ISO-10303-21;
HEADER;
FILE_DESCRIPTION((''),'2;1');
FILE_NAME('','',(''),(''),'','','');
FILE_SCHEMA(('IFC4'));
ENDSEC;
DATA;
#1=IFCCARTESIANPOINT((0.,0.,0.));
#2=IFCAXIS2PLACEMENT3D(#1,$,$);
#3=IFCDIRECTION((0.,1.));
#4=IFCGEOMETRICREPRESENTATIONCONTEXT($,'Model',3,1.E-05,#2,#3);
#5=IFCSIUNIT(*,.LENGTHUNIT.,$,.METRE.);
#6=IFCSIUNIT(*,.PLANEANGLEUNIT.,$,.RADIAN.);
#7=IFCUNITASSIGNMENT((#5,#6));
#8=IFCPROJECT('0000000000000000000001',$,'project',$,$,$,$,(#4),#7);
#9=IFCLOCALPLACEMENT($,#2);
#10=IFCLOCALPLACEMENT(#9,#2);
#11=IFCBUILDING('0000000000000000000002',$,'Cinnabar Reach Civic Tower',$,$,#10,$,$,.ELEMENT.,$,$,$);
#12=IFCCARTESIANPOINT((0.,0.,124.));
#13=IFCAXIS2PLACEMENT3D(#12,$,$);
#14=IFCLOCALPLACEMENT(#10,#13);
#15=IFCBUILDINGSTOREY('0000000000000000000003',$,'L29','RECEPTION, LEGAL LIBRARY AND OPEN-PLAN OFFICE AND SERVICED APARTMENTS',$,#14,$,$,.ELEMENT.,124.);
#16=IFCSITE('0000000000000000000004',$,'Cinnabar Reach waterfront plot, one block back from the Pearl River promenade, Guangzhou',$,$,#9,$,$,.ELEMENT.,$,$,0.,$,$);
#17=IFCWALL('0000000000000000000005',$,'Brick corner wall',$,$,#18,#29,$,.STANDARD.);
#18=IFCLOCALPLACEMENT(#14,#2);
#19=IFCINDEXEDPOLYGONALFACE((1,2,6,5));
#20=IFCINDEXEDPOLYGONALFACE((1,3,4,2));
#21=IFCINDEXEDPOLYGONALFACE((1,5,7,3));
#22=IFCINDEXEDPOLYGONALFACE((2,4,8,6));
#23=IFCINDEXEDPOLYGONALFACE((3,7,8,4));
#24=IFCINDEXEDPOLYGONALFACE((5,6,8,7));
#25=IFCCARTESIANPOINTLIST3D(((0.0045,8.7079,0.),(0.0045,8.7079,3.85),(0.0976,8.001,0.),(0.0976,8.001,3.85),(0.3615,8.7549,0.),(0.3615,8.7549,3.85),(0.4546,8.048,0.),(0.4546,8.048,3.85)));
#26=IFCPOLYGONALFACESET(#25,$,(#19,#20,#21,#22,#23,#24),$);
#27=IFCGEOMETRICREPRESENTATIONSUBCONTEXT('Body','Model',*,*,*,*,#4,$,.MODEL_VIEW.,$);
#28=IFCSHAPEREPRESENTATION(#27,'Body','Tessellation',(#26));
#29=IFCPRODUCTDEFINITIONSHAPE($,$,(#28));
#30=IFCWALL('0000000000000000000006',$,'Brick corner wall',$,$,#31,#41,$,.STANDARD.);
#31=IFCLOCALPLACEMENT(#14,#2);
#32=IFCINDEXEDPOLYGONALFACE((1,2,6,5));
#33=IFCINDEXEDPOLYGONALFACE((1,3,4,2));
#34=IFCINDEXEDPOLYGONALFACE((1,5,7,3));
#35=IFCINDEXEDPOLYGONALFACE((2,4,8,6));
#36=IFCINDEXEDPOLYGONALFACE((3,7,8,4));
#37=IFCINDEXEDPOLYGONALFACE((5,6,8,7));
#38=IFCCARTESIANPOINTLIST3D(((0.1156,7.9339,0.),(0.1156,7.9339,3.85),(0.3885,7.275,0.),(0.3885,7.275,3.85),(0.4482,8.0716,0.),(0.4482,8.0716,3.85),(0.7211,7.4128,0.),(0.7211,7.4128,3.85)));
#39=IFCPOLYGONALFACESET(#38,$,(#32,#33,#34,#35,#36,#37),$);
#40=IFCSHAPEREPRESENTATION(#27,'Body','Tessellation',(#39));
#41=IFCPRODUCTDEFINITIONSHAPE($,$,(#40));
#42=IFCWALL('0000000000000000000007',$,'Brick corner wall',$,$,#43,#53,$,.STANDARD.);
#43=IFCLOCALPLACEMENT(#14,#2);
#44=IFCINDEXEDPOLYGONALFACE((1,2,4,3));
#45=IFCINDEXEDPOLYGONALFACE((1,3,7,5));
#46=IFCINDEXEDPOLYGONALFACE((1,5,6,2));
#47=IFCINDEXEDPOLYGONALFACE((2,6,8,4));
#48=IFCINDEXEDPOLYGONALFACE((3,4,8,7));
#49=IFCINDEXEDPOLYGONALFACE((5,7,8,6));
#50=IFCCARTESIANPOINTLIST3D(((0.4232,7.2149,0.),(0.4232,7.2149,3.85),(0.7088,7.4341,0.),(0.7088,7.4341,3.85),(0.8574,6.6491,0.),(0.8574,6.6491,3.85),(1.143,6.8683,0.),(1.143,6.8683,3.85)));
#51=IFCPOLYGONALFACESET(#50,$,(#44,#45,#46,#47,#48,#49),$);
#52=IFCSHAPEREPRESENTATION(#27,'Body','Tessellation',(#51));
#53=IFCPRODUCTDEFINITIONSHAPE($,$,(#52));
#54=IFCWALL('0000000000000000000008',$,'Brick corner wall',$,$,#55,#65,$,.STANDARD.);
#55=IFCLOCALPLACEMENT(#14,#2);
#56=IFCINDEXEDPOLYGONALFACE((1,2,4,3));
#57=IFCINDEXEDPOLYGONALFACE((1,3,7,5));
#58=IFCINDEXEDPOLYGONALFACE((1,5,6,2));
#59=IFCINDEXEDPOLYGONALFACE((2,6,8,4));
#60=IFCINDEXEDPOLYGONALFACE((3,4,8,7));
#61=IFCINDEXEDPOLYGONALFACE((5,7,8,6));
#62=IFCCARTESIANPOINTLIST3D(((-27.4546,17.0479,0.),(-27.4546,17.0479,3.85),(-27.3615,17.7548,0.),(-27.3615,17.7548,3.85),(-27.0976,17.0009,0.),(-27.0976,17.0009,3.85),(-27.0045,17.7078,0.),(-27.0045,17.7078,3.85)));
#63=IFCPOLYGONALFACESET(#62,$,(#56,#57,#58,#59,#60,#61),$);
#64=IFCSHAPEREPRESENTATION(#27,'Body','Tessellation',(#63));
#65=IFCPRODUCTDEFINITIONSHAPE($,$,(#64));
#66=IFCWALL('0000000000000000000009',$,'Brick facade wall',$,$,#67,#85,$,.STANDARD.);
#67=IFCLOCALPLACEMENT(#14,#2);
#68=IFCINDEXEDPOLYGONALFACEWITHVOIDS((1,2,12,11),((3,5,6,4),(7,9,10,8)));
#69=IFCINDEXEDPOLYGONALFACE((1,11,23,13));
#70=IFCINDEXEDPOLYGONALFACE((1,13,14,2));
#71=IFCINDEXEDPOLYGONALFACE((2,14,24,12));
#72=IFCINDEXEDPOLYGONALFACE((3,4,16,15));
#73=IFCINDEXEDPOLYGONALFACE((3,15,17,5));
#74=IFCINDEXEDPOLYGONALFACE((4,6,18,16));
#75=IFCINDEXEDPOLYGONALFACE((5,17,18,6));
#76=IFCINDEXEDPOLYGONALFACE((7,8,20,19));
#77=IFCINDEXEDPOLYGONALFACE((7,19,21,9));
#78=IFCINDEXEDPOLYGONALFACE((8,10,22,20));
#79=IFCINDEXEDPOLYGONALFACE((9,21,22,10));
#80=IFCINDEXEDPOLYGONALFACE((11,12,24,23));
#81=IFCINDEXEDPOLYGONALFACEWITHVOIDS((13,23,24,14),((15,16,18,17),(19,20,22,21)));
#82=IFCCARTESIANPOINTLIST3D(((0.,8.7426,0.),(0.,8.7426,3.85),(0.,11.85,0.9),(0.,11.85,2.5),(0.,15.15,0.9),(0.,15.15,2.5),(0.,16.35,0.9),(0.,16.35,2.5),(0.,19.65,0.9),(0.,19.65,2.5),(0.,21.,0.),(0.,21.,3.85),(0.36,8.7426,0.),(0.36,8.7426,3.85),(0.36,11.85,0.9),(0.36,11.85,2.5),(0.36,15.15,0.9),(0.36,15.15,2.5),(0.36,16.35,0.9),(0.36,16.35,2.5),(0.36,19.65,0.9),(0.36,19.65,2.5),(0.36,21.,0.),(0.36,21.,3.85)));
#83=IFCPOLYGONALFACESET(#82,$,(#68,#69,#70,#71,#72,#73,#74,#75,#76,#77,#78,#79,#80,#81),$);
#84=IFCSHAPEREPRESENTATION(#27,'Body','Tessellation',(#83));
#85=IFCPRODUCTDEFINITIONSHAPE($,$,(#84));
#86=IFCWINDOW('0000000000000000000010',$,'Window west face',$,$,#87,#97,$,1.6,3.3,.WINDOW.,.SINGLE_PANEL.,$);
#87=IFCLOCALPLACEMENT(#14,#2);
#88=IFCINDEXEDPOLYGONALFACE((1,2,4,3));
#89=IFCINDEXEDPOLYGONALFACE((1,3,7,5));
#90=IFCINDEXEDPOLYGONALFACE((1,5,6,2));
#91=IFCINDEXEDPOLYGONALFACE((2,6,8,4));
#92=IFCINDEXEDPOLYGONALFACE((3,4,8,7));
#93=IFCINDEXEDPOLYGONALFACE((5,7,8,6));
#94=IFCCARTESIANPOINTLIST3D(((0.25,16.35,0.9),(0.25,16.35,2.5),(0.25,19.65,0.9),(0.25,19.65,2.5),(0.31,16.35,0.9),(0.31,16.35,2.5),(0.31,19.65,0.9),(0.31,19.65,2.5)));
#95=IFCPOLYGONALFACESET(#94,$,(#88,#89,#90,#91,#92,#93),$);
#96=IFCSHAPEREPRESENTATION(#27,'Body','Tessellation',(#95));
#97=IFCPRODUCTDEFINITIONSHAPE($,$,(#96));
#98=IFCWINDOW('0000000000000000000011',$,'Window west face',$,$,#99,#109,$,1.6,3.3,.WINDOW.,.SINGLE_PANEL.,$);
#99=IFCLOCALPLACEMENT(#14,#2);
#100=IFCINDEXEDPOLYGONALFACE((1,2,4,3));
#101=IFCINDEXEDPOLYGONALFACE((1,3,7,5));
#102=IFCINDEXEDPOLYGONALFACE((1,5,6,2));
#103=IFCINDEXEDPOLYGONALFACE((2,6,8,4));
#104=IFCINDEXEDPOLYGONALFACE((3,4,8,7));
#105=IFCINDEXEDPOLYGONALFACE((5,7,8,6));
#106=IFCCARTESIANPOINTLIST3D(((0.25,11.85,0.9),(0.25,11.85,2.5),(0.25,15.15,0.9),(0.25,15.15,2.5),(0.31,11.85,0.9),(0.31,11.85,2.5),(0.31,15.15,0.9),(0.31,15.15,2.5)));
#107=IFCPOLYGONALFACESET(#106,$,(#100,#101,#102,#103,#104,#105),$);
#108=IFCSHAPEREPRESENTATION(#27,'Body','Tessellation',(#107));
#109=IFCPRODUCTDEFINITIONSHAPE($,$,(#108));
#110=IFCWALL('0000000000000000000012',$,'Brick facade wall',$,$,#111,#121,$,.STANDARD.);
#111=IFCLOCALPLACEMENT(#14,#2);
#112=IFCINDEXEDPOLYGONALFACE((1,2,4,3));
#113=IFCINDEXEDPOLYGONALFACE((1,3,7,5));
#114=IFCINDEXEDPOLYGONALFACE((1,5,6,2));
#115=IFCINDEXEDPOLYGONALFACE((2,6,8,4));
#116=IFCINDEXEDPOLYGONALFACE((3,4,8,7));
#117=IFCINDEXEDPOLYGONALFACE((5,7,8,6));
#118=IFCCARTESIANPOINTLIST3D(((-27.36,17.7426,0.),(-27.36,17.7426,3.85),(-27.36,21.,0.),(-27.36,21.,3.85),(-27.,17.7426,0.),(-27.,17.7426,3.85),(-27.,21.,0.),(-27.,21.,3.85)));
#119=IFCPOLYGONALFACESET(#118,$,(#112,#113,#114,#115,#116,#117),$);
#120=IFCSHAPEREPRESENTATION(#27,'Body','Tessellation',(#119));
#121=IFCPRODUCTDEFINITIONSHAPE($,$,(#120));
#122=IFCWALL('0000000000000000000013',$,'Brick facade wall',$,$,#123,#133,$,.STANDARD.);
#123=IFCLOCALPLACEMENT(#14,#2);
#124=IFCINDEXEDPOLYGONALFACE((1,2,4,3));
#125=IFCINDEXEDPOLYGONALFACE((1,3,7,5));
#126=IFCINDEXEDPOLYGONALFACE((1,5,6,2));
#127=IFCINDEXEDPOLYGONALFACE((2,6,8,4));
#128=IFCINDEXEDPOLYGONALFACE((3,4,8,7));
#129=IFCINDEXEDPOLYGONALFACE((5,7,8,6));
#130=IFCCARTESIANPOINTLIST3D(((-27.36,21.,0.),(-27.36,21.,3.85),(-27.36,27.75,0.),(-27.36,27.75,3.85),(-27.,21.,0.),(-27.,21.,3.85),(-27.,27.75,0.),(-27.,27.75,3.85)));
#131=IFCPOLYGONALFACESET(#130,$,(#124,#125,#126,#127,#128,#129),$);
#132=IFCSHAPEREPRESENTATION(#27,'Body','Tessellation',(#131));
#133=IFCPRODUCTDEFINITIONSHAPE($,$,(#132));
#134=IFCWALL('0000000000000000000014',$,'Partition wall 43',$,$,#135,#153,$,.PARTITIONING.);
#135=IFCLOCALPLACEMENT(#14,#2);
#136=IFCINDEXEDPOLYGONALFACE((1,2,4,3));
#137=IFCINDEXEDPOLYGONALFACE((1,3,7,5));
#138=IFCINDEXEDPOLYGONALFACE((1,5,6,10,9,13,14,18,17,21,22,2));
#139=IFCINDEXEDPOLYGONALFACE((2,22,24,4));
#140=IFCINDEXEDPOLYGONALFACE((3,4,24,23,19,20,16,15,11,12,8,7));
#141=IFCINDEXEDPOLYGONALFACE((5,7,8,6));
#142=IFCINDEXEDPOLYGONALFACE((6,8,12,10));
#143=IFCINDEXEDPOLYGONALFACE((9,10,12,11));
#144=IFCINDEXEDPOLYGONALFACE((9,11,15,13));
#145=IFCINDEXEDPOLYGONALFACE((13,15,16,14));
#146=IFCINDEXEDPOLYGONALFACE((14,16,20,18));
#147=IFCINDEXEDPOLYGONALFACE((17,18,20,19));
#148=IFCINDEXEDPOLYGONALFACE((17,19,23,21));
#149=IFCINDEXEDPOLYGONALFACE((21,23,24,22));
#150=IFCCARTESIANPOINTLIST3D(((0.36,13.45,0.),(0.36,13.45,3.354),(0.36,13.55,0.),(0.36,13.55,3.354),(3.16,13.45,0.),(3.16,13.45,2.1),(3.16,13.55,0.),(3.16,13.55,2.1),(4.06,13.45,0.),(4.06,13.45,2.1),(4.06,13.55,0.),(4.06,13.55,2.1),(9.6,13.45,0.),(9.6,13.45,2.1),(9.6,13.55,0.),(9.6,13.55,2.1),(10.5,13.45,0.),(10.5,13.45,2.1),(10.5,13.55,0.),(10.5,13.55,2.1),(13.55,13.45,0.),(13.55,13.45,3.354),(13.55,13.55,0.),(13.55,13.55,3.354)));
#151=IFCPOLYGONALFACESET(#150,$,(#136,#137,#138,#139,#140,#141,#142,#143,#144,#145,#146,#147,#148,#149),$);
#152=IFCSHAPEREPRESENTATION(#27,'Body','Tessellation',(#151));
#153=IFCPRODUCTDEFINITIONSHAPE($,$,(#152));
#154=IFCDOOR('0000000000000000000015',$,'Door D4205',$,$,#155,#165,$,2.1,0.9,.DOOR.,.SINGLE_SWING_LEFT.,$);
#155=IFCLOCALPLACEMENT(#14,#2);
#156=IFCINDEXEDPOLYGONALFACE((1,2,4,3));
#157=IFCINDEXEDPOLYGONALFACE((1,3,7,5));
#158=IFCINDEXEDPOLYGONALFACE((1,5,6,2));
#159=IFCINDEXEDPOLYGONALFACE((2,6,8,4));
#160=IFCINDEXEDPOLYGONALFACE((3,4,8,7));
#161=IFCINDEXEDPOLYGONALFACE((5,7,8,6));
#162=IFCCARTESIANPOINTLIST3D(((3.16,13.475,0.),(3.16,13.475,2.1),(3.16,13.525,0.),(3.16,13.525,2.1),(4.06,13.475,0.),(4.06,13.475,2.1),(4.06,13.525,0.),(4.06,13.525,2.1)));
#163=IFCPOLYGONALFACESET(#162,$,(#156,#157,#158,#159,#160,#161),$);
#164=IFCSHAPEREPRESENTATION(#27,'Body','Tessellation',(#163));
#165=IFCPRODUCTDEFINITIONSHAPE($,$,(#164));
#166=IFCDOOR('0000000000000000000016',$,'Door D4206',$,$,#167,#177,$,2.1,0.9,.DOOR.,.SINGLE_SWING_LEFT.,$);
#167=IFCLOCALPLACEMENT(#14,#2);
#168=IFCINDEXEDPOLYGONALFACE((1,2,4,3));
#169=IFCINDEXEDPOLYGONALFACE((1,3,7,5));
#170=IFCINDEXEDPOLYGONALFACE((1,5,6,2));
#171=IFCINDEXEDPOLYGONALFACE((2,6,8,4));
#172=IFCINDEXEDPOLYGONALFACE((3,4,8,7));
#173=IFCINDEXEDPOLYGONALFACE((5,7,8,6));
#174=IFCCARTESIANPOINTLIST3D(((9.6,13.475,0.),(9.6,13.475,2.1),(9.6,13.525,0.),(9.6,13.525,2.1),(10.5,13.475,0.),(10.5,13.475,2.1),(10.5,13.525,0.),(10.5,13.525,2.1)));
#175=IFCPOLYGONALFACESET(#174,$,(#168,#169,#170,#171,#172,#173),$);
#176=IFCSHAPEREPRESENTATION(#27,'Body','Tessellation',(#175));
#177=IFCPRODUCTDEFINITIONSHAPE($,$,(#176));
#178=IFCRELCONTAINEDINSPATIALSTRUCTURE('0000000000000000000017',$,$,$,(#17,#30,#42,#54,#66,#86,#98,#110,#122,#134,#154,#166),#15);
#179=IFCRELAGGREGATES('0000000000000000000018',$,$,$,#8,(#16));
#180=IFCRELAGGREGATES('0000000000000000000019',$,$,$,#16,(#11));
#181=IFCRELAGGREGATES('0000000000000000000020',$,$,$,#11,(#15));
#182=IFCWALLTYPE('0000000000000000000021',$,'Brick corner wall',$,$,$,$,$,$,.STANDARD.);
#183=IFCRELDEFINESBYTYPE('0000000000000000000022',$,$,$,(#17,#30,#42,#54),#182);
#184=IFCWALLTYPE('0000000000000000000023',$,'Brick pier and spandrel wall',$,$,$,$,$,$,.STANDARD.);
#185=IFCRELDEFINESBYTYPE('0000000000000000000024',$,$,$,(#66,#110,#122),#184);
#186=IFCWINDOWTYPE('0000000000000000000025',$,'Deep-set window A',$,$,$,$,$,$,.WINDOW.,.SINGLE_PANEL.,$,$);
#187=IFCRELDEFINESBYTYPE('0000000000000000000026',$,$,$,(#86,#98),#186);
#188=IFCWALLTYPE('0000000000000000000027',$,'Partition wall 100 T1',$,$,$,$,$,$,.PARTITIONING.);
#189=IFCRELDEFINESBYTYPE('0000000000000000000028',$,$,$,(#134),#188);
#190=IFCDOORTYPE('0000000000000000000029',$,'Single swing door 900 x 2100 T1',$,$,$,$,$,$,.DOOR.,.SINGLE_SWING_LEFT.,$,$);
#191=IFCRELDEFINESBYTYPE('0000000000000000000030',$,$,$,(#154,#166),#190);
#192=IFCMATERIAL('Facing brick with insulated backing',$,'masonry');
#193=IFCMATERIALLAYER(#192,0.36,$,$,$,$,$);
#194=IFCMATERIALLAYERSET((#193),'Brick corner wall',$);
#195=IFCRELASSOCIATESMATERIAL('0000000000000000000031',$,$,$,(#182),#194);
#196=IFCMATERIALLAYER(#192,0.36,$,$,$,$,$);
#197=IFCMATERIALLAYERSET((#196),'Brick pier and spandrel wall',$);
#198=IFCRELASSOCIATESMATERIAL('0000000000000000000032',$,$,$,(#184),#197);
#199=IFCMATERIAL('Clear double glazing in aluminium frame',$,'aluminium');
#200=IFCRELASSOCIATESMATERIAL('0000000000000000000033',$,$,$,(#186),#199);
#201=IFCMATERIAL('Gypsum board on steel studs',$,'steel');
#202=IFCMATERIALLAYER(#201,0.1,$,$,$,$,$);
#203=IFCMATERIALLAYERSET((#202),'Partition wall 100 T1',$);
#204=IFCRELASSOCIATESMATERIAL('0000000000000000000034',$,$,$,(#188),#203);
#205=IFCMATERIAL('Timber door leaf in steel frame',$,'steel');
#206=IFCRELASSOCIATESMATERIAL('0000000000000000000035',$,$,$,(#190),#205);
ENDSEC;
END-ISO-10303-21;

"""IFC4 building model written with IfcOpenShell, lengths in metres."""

from ifc_helpers import new_model, si_unit, direction, frame, frame_2d, origin, place, context, subcontext, project, spatial, rectangle, extrude, material, layer, layer_set, type_object, element, fill, save


model = new_model("IFC4")

# Units and contexts
model_context = context("Model", 3, precision=1e-05, world=origin(), true_north=direction((0.0, 1.0)))
body_context = subcontext(model_context, "Body", "Model", "MODEL_VIEW")
ifc_project = project(units=[si_unit("LENGTHUNIT", "METRE"), si_unit("PLANEANGLEUNIT", "RADIAN")], contexts=[model_context])

# Site, building, storey
site_placement = place(None, origin())
site = spatial("IfcSite", under=ifc_project, at=site_placement, Name="Cinnabar Reach waterfront plot, one block back from the Pearl River promenade, Guangzhou", CompositionType="ELEMENT", RefElevation=0.0)
building_placement = place(site_placement, origin())
building = spatial("IfcBuilding", under=site, at=building_placement, Name="Cinnabar Reach Civic Tower", CompositionType="ELEMENT")
storey_placement = place(building_placement, frame((0.0, 0.0, 124.0)))
storey = spatial("IfcBuildingStorey", under=building, at=storey_placement, Name="L29", Description="RECEPTION, LEGAL LIBRARY AND OPEN-PLAN OFFICE AND SERVICED APARTMENTS", CompositionType="ELEMENT", Elevation=124.0)

# Walls
ifc_material_1 = material(Name="Facing brick with insulated backing", Category="masonry")
ifc_layer_1 = layer(ifc_material_1, 0.36)
ifc_layer_set_1 = layer_set([ifc_layer_1], Name="Brick corner wall")
wall_type_1 = type_object("IfcWallType", Name="Brick corner wall", PredefinedType="STANDARD", material=ifc_layer_set_1)
for number, where, z_axis, x_axis, name in (
    (1, (0.183, 8.7314, 0.0), (0.0, 0.0, 1.0), (0.130556, -0.991441, 0.0), "Brick corner wall"),
    (2, (0.2819, 8.0027, 0.0), (0.0, 0.0, 1.0), (0.382703, -0.923872, 0.0), "Brick corner wall"),
):
    element("IfcWall", number, at=place(storey_placement, frame(where, z_axis=z_axis, x_axis=x_axis)), inside=storey, type_object=wall_type_1, Name=name, PredefinedType="STANDARD", context=body_context, shape_type="SweptSolid", body=[
        extrude(rectangle(XDim=0.7131, YDim=0.36, at=frame_2d((0.3565, 0.0))), origin(), (0.0, 0.0, 1.0), 3.85),
    ])
wall_1_placement = place(storey_placement, frame((0.566, 7.3245, 0.0), z_axis=(0.0, 0.0, 1.0), x_axis=(0.608802, -0.793322, 0.0)))
element("IfcWall", 3, at=wall_1_placement, inside=storey, type_object=wall_type_1, Name="Brick corner wall", PredefinedType="STANDARD", context=body_context, shape_type="SweptSolid", body=[
    extrude(rectangle(XDim=0.7132, YDim=0.36, at=frame_2d((0.3566, 0.0))), origin(), (0.0, 0.0, 1.0), 3.85),
])
wall_2_placement = place(storey_placement, frame((-27.2761, 17.0244, 0.0), z_axis=(0.0, 0.0, 1.0), x_axis=(0.130556, 0.991441, 0.0)))
element("IfcWall", 4, at=wall_2_placement, inside=storey, type_object=wall_type_1, Name="Brick corner wall", PredefinedType="STANDARD", context=body_context, shape_type="SweptSolid", body=[
    extrude(rectangle(XDim=0.7131, YDim=0.36, at=frame_2d((0.3565, 0.0))), origin(), (0.0, 0.0, 1.0), 3.85),
])

# Wall, openings, windows
ifc_layer_2 = layer(ifc_material_1, 0.36)
ifc_layer_set_2 = layer_set([ifc_layer_2], Name="Brick pier and spandrel wall")
wall_type_2 = type_object("IfcWallType", Name="Brick pier and spandrel wall", PredefinedType="STANDARD", material=ifc_layer_set_2)
wall_3_placement = place(storey_placement, frame((0.18, 21.0, 0.0), z_axis=(0.0, 0.0, 1.0), x_axis=(0.0, -1.0, 0.0)))
wall_3 = element("IfcWall", 5, at=wall_3_placement, inside=storey, type_object=wall_type_2, Name="Brick facade wall", PredefinedType="STANDARD", context=body_context, shape_type="SweptSolid", body=[
    extrude(rectangle(XDim=12.2574, YDim=0.36, at=frame_2d((6.1287, 0.0))), origin(), (0.0, 0.0, 1.0), 3.85),
])
opening_1_placement = place(wall_3_placement, frame((1.35, 0.0, 0.9)))
opening_1 = element("IfcOpeningElement", 6, at=opening_1_placement, cuts=wall_3, PredefinedType="OPENING", context=body_context, shape_type="SweptSolid", body=[
    extrude(rectangle(XDim=3.3, YDim=1.6, at=frame_2d((1.65, 0.8))), frame((0.0, 0.19, 0.0), z_axis=(0.0, -1.0, 0.0), x_axis=(1.0, 0.0, 0.0)), (0.0, 0.0, 1.0), 0.38),
])
opening_2_placement = place(wall_3_placement, frame((5.85, 0.0, 0.9)))
opening_2 = element("IfcOpeningElement", 7, at=opening_2_placement, cuts=wall_3, PredefinedType="OPENING", context=body_context, shape_type="SweptSolid", body=[
    extrude(rectangle(XDim=3.3, YDim=1.6, at=frame_2d((1.65, 0.8))), frame((0.0, 0.19, 0.0), z_axis=(0.0, -1.0, 0.0), x_axis=(1.0, 0.0, 0.0)), (0.0, 0.0, 1.0), 0.38),
])
ifc_material_2 = material(Name="Clear double glazing in aluminium frame", Category="aluminium")
window_type = type_object("IfcWindowType", Name="Deep-set window A", PartitioningType="SINGLE_PANEL", PredefinedType="WINDOW", material=ifc_material_2)
window_1_placement = place(opening_1_placement, origin())
window_1 = element("IfcWindow", 8, at=window_1_placement, inside=storey, type_object=window_type, Name="Window west face", OverallHeight=1.6, OverallWidth=3.3, PartitioningType="SINGLE_PANEL", PredefinedType="WINDOW", context=body_context, shape_type="SweptSolid", body=[
    extrude(rectangle(XDim=3.3, YDim=1.6, at=frame_2d((1.65, 0.8))), frame((0.0, 0.13, 0.0), z_axis=(0.0, -1.0, 0.0), x_axis=(1.0, 0.0, 0.0)), (0.0, 0.0, 1.0), 0.06),
])
fill(opening_1, window_1)
window_2_placement = place(opening_2_placement, origin())
window_2 = element("IfcWindow", 9, at=window_2_placement, inside=storey, type_object=window_type, Name="Window west face", OverallHeight=1.6, OverallWidth=3.3, PartitioningType="SINGLE_PANEL", PredefinedType="WINDOW", context=body_context, shape_type="SweptSolid", body=[
    extrude(rectangle(XDim=3.3, YDim=1.6, at=frame_2d((1.65, 0.8))), frame((0.0, 0.13, 0.0), z_axis=(0.0, -1.0, 0.0), x_axis=(1.0, 0.0, 0.0)), (0.0, 0.0, 1.0), 0.06),
])
fill(opening_2, window_2)

# Walls
wall_4_placement = place(storey_placement, frame((-27.18, 17.7426, 0.0), z_axis=(0.0, 0.0, 1.0), x_axis=(0.0, 1.0, 0.0)))
element("IfcWall", 10, at=wall_4_placement, inside=storey, type_object=wall_type_2, Name="Brick facade wall", PredefinedType="STANDARD", context=body_context, shape_type="SweptSolid", body=[
    extrude(rectangle(XDim=3.2574, YDim=0.36, at=frame_2d((1.6287, 0.0))), origin(), (0.0, 0.0, 1.0), 3.85),
])
wall_5_placement = place(storey_placement, frame((-27.18, 21.0, 0.0), z_axis=(0.0, 0.0, 1.0), x_axis=(0.0, 1.0, 0.0)))
element("IfcWall", 11, at=wall_5_placement, inside=storey, type_object=wall_type_2, Name="Brick facade wall", PredefinedType="STANDARD", context=body_context, shape_type="SweptSolid", body=[
    extrude(rectangle(XDim=6.75, YDim=0.36, at=frame_2d((3.375, 0.0))), origin(), (0.0, 0.0, 1.0), 3.85),
])

# Wall, openings, doors
ifc_material_3 = material(Name="Gypsum board on steel studs", Category="steel")
ifc_layer_3 = layer(ifc_material_3, 0.1)
ifc_layer_set_3 = layer_set([ifc_layer_3], Name="Partition wall 100 T1")
wall_type_3 = type_object("IfcWallType", Name="Partition wall 100 T1", PredefinedType="PARTITIONING", material=ifc_layer_set_3)
wall_6_placement = place(storey_placement, frame((0.36, 13.5, 0.0), z_axis=(0.0, 0.0, 1.0), x_axis=(1.0, 0.0, 0.0)))
wall_6 = element("IfcWall", 12, at=wall_6_placement, inside=storey, type_object=wall_type_3, Name="Partition wall 43", PredefinedType="PARTITIONING", context=body_context, shape_type="SweptSolid", body=[
    extrude(rectangle(XDim=13.19, YDim=0.1, at=frame_2d((6.595, 0.0))), origin(), (0.0, 0.0, 1.0), 3.354),
])
opening_3_placement = place(wall_6_placement, frame((2.8, 0.0, 0.0)))
opening_3 = element("IfcOpeningElement", 13, at=opening_3_placement, cuts=wall_6, PredefinedType="OPENING", context=body_context, shape_type="SweptSolid", body=[
    extrude(rectangle(XDim=0.9, YDim=2.1, at=frame_2d((0.45, 1.05))), frame((0.0, 0.06, 0.0), z_axis=(0.0, -1.0, 0.0), x_axis=(1.0, 0.0, 0.0)), (0.0, 0.0, 1.0), 0.12),
])
opening_4_placement = place(wall_6_placement, frame((9.24, 0.0, 0.0)))
opening_4 = element("IfcOpeningElement", 14, at=opening_4_placement, cuts=wall_6, PredefinedType="OPENING", context=body_context, shape_type="SweptSolid", body=[
    extrude(rectangle(XDim=0.9, YDim=2.1, at=frame_2d((0.45, 1.05))), frame((0.0, 0.06, 0.0), z_axis=(0.0, -1.0, 0.0), x_axis=(1.0, 0.0, 0.0)), (0.0, 0.0, 1.0), 0.12),
])
ifc_material_4 = material(Name="Timber door leaf in steel frame", Category="steel")
door_type = type_object("IfcDoorType", Name="Single swing door 900 x 2100 T1", OperationType="SINGLE_SWING_LEFT", PredefinedType="DOOR", material=ifc_material_4)
door_1_placement = place(opening_3_placement, frame((0.9, 0.0, 0.0), z_axis=(0.0, 0.0, 1.0), x_axis=(-1.0, 0.0, 0.0)))
door_1 = element("IfcDoor", 15, at=door_1_placement, inside=storey, type_object=door_type, Name="Door D4205", OperationType="SINGLE_SWING_LEFT", OverallHeight=2.1, OverallWidth=0.9, PredefinedType="DOOR", context=body_context, shape_type="SweptSolid", body=[
    extrude(rectangle(XDim=0.9, YDim=2.1, at=frame_2d((0.45, 1.05))), frame((0.0, 0.025, 0.0), z_axis=(0.0, -1.0, 0.0), x_axis=(1.0, 0.0, 0.0)), (0.0, 0.0, 1.0), 0.05),
])
fill(opening_3, door_1)
door_2_placement = place(opening_4_placement, frame((0.9, 0.0, 0.0), z_axis=(0.0, 0.0, 1.0), x_axis=(-1.0, 0.0, 0.0)))
door_2 = element("IfcDoor", 16, at=door_2_placement, inside=storey, type_object=door_type, Name="Door D4206", OperationType="SINGLE_SWING_LEFT", OverallHeight=2.1, OverallWidth=0.9, PredefinedType="DOOR", context=body_context, shape_type="SweptSolid", body=[
    extrude(rectangle(XDim=0.9, YDim=2.1, at=frame_2d((0.45, 1.05))), frame((0.0, 0.025, 0.0), z_axis=(0.0, -1.0, 0.0), x_axis=(1.0, 0.0, 0.0)), (0.0, 0.0, 1.0), 0.05),
])
fill(opening_4, door_2)

save(model, "model.ifc")
